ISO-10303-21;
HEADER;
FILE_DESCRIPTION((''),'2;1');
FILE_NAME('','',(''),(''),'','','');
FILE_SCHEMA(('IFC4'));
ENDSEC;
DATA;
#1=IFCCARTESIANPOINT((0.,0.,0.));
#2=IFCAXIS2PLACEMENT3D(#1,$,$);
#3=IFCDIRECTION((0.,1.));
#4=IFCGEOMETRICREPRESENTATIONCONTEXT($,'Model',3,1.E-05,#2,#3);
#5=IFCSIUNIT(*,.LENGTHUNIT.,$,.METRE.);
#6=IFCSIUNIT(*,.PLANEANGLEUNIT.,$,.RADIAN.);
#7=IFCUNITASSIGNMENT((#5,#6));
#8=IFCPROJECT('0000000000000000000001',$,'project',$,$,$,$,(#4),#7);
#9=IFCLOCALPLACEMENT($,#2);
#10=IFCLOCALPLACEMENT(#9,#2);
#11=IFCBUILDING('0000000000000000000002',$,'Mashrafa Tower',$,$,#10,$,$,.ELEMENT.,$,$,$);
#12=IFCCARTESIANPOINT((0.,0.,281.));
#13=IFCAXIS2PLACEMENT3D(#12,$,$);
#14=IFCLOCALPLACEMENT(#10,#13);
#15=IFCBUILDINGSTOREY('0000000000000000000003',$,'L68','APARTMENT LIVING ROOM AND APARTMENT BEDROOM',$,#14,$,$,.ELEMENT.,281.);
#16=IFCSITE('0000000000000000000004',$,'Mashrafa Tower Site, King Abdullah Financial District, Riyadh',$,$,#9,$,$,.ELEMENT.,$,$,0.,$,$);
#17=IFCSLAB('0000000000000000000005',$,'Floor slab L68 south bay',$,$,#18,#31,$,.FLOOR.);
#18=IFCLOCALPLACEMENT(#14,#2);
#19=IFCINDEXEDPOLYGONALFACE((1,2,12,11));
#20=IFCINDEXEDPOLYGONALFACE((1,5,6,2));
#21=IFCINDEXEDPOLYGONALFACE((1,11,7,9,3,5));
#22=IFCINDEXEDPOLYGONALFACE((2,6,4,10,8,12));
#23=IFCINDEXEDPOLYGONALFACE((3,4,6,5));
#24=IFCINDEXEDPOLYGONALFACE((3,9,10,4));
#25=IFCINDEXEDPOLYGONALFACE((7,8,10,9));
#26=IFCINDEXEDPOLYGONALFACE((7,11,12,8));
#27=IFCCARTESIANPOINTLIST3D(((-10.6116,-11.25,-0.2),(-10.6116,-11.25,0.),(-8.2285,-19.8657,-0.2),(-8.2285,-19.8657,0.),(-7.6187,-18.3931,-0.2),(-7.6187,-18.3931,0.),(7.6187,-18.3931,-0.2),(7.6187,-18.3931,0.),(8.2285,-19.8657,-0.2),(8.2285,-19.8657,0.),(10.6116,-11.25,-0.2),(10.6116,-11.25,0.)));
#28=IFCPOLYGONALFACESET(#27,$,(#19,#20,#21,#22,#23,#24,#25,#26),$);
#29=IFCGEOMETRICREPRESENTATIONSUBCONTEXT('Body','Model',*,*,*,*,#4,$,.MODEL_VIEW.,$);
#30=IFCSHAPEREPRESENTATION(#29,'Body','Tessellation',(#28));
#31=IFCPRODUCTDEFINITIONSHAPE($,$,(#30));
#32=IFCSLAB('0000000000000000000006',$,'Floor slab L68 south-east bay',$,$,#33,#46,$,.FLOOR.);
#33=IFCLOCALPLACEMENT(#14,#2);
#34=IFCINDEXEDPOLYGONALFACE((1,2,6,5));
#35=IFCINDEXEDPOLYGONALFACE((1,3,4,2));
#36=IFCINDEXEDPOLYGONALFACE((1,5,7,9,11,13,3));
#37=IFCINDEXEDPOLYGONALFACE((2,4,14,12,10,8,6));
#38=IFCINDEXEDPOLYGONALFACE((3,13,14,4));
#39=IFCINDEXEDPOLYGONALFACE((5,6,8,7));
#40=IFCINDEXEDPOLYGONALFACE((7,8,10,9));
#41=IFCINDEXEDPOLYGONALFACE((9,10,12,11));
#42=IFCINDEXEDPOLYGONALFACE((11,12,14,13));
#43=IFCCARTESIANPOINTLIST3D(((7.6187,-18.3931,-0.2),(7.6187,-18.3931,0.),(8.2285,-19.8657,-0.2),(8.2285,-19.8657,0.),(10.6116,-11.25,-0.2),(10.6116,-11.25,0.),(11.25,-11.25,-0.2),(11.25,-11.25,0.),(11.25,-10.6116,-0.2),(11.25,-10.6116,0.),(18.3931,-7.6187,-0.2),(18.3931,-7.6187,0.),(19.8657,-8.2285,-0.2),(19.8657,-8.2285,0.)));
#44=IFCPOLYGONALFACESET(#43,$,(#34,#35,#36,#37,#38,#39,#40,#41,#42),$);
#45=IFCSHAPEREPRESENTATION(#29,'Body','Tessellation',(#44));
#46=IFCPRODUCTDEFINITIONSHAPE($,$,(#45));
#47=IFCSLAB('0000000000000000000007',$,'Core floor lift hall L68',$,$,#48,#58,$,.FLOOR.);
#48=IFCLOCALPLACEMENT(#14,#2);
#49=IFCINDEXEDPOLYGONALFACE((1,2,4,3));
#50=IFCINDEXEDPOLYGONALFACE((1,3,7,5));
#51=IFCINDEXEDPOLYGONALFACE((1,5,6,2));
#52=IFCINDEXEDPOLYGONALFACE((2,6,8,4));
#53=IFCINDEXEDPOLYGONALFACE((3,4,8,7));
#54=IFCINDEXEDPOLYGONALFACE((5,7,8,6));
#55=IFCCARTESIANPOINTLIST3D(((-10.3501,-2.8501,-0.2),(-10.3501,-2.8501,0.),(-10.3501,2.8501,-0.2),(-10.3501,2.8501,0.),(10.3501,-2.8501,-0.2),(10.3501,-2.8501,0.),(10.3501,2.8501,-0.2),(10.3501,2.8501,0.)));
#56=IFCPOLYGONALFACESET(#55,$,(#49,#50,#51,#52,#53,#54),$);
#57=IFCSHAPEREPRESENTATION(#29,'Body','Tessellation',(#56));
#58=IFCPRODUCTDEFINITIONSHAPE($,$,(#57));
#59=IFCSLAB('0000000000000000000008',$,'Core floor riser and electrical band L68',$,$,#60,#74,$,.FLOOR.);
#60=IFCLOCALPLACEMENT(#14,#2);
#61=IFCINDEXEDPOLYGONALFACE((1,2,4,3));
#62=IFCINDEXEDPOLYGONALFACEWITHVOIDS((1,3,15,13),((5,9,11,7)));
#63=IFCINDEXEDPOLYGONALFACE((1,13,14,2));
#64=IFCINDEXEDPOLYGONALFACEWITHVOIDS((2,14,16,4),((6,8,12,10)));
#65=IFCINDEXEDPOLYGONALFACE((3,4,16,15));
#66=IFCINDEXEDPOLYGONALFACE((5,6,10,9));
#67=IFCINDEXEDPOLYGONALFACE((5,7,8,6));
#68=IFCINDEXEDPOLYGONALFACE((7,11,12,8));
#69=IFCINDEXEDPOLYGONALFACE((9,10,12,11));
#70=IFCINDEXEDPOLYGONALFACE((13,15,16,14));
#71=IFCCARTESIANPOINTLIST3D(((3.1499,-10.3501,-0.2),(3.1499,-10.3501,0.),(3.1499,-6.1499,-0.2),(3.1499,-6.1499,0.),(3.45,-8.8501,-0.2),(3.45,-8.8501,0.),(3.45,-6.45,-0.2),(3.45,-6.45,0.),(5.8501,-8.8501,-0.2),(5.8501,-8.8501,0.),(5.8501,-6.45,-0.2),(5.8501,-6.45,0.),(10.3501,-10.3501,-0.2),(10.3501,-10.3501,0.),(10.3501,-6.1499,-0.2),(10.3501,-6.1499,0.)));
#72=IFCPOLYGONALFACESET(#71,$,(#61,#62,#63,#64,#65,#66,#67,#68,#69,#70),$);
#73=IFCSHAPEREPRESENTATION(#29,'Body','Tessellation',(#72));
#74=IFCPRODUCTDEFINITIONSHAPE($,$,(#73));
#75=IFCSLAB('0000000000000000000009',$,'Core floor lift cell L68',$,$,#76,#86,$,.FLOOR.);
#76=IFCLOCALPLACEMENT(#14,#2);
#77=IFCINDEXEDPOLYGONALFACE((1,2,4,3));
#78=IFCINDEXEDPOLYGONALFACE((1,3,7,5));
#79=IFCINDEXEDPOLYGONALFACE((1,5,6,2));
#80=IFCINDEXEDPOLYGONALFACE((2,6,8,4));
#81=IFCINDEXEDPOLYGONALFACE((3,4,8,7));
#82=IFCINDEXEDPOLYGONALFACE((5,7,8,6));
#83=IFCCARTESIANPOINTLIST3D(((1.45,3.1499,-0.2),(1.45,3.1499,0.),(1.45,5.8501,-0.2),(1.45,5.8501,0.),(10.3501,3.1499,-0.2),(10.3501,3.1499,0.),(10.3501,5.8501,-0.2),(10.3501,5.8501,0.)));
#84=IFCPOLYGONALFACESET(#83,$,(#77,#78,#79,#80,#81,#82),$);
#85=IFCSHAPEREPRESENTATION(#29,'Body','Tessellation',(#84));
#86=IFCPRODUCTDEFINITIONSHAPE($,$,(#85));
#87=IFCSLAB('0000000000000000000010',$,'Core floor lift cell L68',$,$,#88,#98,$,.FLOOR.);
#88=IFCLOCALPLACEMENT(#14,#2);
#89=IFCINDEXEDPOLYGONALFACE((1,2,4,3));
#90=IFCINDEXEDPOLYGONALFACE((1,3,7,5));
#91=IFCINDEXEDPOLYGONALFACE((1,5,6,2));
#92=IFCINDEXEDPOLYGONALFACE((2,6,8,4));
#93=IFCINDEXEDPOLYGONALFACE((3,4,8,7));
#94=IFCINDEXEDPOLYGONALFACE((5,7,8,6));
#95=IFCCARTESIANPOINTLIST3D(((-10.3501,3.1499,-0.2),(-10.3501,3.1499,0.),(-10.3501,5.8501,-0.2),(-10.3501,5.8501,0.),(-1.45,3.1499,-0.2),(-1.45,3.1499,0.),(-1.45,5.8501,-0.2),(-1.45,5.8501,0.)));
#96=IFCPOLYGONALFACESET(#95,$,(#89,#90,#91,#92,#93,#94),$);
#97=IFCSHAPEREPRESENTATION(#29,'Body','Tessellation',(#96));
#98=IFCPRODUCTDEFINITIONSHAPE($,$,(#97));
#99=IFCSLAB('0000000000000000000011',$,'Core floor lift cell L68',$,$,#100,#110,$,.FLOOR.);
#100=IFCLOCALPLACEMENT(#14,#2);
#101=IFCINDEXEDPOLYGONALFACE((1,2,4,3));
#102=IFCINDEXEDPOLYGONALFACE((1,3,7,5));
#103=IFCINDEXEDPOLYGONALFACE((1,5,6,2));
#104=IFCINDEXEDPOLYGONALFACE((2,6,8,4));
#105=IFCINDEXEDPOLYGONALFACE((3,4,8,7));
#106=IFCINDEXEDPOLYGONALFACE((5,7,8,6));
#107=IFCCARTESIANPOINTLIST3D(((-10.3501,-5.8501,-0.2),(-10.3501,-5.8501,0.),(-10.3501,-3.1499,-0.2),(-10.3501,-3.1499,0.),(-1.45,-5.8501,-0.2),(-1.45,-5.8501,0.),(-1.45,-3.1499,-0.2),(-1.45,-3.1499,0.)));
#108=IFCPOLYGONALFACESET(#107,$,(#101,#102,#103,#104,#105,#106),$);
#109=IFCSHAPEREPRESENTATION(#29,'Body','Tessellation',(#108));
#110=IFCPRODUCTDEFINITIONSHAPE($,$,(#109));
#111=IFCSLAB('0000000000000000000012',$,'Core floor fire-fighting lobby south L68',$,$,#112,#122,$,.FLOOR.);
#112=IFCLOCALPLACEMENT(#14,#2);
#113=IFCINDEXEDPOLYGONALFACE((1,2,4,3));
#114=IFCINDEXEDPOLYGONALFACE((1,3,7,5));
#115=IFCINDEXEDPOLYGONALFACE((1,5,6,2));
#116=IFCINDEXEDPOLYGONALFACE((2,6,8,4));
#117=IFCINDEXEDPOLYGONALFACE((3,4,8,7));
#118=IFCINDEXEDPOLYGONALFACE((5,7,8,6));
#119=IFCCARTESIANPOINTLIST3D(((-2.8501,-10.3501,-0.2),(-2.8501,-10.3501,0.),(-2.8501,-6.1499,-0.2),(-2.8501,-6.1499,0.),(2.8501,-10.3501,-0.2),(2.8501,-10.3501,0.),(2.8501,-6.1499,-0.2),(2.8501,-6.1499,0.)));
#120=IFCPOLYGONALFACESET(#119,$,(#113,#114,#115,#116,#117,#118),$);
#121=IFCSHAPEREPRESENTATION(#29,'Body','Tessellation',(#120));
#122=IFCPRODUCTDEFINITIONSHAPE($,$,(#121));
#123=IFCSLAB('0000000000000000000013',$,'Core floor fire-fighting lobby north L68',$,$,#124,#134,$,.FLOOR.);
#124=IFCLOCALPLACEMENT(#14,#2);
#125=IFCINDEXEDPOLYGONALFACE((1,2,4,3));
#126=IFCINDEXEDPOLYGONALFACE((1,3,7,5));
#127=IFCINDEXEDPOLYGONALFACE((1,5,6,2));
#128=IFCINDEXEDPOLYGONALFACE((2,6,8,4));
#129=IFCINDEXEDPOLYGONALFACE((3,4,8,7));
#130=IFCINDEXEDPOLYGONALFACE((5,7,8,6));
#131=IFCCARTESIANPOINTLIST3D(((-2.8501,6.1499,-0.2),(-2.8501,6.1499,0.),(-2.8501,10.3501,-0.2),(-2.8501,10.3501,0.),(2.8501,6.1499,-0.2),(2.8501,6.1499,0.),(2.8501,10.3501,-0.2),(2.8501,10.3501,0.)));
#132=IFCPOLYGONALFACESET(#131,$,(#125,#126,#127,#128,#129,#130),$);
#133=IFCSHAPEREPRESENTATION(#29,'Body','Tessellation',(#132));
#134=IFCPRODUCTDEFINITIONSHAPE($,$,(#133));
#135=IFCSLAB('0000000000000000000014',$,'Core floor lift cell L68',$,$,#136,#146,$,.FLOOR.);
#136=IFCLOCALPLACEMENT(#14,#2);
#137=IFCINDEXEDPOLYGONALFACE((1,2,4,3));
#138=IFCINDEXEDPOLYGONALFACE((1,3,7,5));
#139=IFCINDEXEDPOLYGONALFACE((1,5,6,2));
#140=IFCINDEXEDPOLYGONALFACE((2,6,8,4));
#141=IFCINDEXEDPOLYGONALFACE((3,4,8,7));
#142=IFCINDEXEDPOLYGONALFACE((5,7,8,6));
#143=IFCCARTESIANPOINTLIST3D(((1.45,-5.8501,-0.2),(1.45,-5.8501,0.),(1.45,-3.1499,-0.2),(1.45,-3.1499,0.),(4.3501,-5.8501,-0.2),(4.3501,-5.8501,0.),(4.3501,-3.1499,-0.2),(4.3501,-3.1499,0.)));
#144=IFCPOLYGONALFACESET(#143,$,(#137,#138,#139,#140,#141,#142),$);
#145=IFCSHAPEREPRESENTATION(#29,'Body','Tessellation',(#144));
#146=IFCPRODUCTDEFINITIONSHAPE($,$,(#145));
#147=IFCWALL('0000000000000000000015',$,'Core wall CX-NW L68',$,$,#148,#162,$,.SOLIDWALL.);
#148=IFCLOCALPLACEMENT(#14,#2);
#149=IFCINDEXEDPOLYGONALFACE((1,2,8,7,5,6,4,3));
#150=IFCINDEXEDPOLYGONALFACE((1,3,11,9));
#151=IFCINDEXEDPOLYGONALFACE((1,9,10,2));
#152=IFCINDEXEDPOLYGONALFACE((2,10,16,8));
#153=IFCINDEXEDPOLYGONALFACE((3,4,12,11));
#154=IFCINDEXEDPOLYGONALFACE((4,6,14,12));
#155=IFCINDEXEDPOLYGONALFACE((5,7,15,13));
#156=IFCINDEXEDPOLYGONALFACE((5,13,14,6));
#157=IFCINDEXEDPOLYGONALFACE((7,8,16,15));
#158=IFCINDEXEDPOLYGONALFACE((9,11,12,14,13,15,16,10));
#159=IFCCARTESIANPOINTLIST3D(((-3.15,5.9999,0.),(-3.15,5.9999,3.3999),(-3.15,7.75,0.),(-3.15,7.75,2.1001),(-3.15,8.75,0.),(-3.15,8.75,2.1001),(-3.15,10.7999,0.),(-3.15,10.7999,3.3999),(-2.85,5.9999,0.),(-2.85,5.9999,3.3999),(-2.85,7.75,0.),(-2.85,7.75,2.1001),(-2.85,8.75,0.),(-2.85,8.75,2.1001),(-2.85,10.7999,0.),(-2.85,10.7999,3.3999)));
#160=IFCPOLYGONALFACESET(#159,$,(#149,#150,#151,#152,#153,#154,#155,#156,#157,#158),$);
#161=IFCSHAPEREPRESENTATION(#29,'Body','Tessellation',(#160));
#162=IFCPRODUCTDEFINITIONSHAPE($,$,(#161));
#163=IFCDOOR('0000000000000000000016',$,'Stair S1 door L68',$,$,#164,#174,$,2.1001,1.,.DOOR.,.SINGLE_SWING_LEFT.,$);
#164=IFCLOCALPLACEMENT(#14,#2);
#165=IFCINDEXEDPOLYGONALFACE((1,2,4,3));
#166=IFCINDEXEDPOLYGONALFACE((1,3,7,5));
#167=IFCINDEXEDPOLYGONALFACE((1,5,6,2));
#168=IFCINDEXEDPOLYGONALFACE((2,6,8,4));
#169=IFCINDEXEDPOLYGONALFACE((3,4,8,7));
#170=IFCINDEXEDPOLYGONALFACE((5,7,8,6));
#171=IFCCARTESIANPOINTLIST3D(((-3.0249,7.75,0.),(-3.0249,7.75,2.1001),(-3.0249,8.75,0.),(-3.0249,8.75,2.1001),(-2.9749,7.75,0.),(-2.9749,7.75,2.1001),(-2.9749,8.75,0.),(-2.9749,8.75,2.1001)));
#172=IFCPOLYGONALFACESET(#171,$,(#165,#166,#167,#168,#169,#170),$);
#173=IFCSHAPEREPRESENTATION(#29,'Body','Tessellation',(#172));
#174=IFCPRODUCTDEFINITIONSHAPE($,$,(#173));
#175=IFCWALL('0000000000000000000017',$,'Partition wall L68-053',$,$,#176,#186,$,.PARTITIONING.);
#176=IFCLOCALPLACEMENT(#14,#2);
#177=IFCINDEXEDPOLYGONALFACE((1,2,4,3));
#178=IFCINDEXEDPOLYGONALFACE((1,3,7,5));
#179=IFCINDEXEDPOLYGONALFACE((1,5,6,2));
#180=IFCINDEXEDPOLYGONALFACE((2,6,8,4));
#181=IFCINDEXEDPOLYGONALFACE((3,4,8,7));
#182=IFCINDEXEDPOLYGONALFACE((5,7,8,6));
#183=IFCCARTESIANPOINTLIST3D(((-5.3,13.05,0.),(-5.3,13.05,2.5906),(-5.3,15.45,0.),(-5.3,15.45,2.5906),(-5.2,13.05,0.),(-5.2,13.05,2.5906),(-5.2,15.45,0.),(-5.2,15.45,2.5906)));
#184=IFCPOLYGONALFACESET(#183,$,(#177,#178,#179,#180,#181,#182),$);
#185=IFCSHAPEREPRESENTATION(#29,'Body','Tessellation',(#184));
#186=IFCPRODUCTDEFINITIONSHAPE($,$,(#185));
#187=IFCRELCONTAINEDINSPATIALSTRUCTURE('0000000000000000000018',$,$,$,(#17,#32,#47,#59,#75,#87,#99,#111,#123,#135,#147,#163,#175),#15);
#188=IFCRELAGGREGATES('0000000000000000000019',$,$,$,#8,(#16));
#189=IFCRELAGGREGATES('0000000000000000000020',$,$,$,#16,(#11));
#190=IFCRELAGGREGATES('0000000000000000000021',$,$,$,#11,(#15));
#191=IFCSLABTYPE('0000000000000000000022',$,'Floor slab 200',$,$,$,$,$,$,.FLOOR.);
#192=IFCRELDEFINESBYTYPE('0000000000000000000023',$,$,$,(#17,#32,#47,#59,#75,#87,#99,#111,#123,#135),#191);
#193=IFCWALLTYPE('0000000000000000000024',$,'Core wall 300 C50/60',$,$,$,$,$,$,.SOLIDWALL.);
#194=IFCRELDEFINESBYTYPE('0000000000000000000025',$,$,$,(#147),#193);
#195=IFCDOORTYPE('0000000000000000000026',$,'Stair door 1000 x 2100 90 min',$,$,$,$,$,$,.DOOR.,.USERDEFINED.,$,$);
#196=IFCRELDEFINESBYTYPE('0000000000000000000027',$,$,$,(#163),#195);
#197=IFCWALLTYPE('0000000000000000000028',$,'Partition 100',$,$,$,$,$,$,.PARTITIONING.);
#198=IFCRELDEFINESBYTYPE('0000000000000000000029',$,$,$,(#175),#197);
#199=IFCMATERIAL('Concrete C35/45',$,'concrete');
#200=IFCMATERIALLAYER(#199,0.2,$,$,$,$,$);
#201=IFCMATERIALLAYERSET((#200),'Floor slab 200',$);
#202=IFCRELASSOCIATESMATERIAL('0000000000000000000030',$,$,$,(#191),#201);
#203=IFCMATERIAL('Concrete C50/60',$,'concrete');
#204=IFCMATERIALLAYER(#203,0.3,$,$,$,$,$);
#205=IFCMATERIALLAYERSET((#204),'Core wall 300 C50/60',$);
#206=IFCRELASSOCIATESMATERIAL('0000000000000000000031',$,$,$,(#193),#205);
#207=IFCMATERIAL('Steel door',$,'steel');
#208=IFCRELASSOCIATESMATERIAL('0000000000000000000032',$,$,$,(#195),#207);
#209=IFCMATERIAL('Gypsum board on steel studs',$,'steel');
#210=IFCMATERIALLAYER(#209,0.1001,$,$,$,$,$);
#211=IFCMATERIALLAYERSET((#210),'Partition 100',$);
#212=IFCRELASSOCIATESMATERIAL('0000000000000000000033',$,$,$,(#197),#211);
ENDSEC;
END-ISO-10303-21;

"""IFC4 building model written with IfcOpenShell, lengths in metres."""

from ifc_helpers import new_model, si_unit, direction, frame, frame_2d, origin, place, context, subcontext, project, spatial, polyline, rectangle, outline, extrude, material, layer, layer_set, type_object, element, fill, save


model = new_model("IFC4")

# Units and contexts
model_context = context("Model", 3, precision=1e-05, world=origin(), true_north=direction((0.0, 1.0)))
body_context = subcontext(model_context, "Body", "Model", "MODEL_VIEW")
ifc_project = project(units=[si_unit("LENGTHUNIT", "METRE"), si_unit("PLANEANGLEUNIT", "RADIAN")], contexts=[model_context])

# Site, building, storey
site_placement = place(None, origin())
site = spatial("IfcSite", under=ifc_project, at=site_placement, Name="Mashrafa Tower Site, King Abdullah Financial District, Riyadh", CompositionType="ELEMENT", RefElevation=0.0)
building_placement = place(site_placement, origin())
building = spatial("IfcBuilding", under=site, at=building_placement, Name="Mashrafa Tower", CompositionType="ELEMENT")
storey_placement = place(building_placement, frame((0.0, 0.0, 281.0)))
storey = spatial("IfcBuildingStorey", under=building, at=storey_placement, Name="L68", Description="APARTMENT LIVING ROOM AND APARTMENT BEDROOM", CompositionType="ELEMENT", Elevation=281.0)

# Slabs
ifc_material_1 = material(Name="Concrete C35/45", Category="concrete")
ifc_layer_1 = layer(ifc_material_1, 0.2)
ifc_layer_set_1 = layer_set([ifc_layer_1], Name="Floor slab 200")
slab_type = type_object("IfcSlabType", Name="Floor slab 200", PredefinedType="FLOOR", material=ifc_layer_set_1)
slab_1_placement = place(storey_placement, frame((0.0, 0.0, -0.2)))
element("IfcSlab", 1, at=slab_1_placement, inside=storey, type_object=slab_type, Name="Floor slab L68 south bay", PredefinedType="FLOOR", context=body_context, shape_type="SweptSolid", body=[
    extrude(outline(polyline([(-8.2285, -19.8657), (-8.2285, -19.8657), (-7.6187, -18.3931), (-10.6116, -11.25), (10.6116, -11.25), (7.6187, -18.3931), (8.2285, -19.8657), (8.2285, -19.8657), (-8.2285, -19.8657)])), origin(), (0.0, 0.0, 1.0), 0.2),
])
slab_2_placement = place(storey_placement, frame((0.0, 0.0, -0.2)))
element("IfcSlab", 2, at=slab_2_placement, inside=storey, type_object=slab_type, Name="Floor slab L68 south-east bay", PredefinedType="FLOOR", context=body_context, shape_type="SweptSolid", body=[
    extrude(outline(polyline([(8.2285, -19.8657), (7.6187, -18.3931), (10.6116, -11.25), (11.25, -11.25), (11.25, -10.6116), (18.3931, -7.6187), (19.8657, -8.2285), (8.2285, -19.8657)])), origin(), (0.0, 0.0, 1.0), 0.2),
])
slab_3_placement = place(storey_placement, frame((0.0, 0.0, -0.2)))
element("IfcSlab", 3, at=slab_3_placement, inside=storey, type_object=slab_type, Name="Core floor lift hall L68", PredefinedType="FLOOR", context=body_context, shape_type="SweptSolid", body=[
    extrude(outline(polyline([(-10.3501, 2.8501), (10.3501, 2.8501), (10.3501, -2.8501), (-10.3501, -2.8501), (-10.3501, 2.8501)])), origin(), (0.0, 0.0, 1.0), 0.2),
])
slab_4_placement = place(storey_placement, frame((0.0, 0.0, -0.2)))
element("IfcSlab", 4, at=slab_4_placement, inside=storey, type_object=slab_type, Name="Core floor riser and electrical band L68", PredefinedType="FLOOR", context=body_context, shape_type="SweptSolid", body=[
    extrude(outline(polyline([(10.3501, -6.1499), (10.3501, -10.3501), (3.1499, -10.3501), (3.1499, -6.1499), (10.3501, -6.1499)]), holes=[polyline([(3.45, -8.8501), (5.8501, -8.8501), (5.8501, -6.45), (3.45, -6.45), (3.45, -8.8501)])]), origin(), (0.0, 0.0, 1.0), 0.2),
])
slab_5_placement = place(storey_placement, frame((0.0, 0.0, -0.2)))
element("IfcSlab", 5, at=slab_5_placement, inside=storey, type_object=slab_type, Name="Core floor lift cell L68", PredefinedType="FLOOR", context=body_context, shape_type="SweptSolid", body=[
    extrude(outline(polyline([(10.3501, 5.8501), (10.3501, 3.1499), (1.45, 3.1499), (1.45, 5.8501), (10.3501, 5.8501)])), origin(), (0.0, 0.0, 1.0), 0.2),
])
slab_6_placement = place(storey_placement, frame((0.0, 0.0, -0.2)))
element("IfcSlab", 6, at=slab_6_placement, inside=storey, type_object=slab_type, Name="Core floor lift cell L68", PredefinedType="FLOOR", context=body_context, shape_type="SweptSolid", body=[
    extrude(outline(polyline([(-1.45, 3.1499), (-10.3501, 3.1499), (-10.3501, 5.8501), (-1.45, 5.8501), (-1.45, 3.1499)])), origin(), (0.0, 0.0, 1.0), 0.2),
])
slab_7_placement = place(storey_placement, frame((0.0, 0.0, -0.2)))
element("IfcSlab", 7, at=slab_7_placement, inside=storey, type_object=slab_type, Name="Core floor lift cell L68", PredefinedType="FLOOR", context=body_context, shape_type="SweptSolid", body=[
    extrude(outline(polyline([(-1.45, -3.1499), (-1.45, -5.8501), (-10.3501, -5.8501), (-10.3501, -3.1499), (-1.45, -3.1499)])), origin(), (0.0, 0.0, 1.0), 0.2),
])
slab_8_placement = place(storey_placement, frame((0.0, 0.0, -0.2)))
element("IfcSlab", 8, at=slab_8_placement, inside=storey, type_object=slab_type, Name="Core floor fire-fighting lobby south L68", PredefinedType="FLOOR", context=body_context, shape_type="SweptSolid", body=[
    extrude(outline(polyline([(2.8501, -6.1499), (2.8501, -10.3501), (-2.8501, -10.3501), (-2.8501, -6.1499), (2.8501, -6.1499)])), origin(), (0.0, 0.0, 1.0), 0.2),
])
slab_9_placement = place(storey_placement, frame((0.0, 0.0, -0.2)))
element("IfcSlab", 9, at=slab_9_placement, inside=storey, type_object=slab_type, Name="Core floor fire-fighting lobby north L68", PredefinedType="FLOOR", context=body_context, shape_type="SweptSolid", body=[
    extrude(outline(polyline([(-2.8501, 10.3501), (2.8501, 10.3501), (2.8501, 6.1499), (-2.8501, 6.1499), (-2.8501, 10.3501)])), origin(), (0.0, 0.0, 1.0), 0.2),
])
slab_10_placement = place(storey_placement, frame((0.0, 0.0, -0.2)))
element("IfcSlab", 10, at=slab_10_placement, inside=storey, type_object=slab_type, Name="Core floor lift cell L68", PredefinedType="FLOOR", context=body_context, shape_type="SweptSolid", body=[
    extrude(outline(polyline([(4.3501, -3.1499), (4.3501, -5.8501), (1.45, -5.8501), (1.45, -3.1499), (4.3501, -3.1499)])), origin(), (0.0, 0.0, 1.0), 0.2),
])

# Wall, opening, door
ifc_material_2 = material(Name="Concrete C50/60", Category="concrete")
ifc_layer_2 = layer(ifc_material_2, 0.3)
ifc_layer_set_2 = layer_set([ifc_layer_2], Name="Core wall 300 C50/60")
wall_type_1 = type_object("IfcWallType", Name="Core wall 300 C50/60", PredefinedType="SOLIDWALL", material=ifc_layer_set_2)
wall_1_placement = place(storey_placement, frame((-3.0, 6.0, 0.0), z_axis=(0.0, 0.0, 1.0), x_axis=(0.0, 1.0, 0.0)))
wall_1 = element("IfcWall", 11, at=wall_1_placement, inside=storey, type_object=wall_type_1, Name="Core wall CX-NW L68", PredefinedType="SOLIDWALL", context=body_context, shape_type="SweptSolid", body=[
    extrude(rectangle(XDim=4.8, YDim=0.3, at=frame_2d((2.3999, 0.0))), origin(), (0.0, 0.0, 1.0), 3.3999),
])
opening_placement = place(wall_1_placement, frame((1.75, 0.0, 0.0)))
opening = element("IfcOpeningElement", 12, at=opening_placement, cuts=wall_1, PredefinedType="OPENING", context=body_context, shape_type="SweptSolid", body=[
    extrude(rectangle(XDim=1.0, YDim=2.1001, at=frame_2d((0.5, 1.05))), frame((0.0, 0.1599, 0.0), z_axis=(0.0, -1.0, 0.0), x_axis=(1.0, 0.0, 0.0)), (0.0, 0.0, 1.0), 0.3201),
])
ifc_material_3 = material(Name="Steel door", Category="steel")
door_type = type_object("IfcDoorType", Name="Stair door 1000 x 2100 90 min", OperationType="USERDEFINED", PredefinedType="DOOR", material=ifc_material_3)
door_placement = place(opening_placement, origin())
door = element("IfcDoor", 13, at=door_placement, inside=storey, type_object=door_type, Name="Stair S1 door L68", OperationType="SINGLE_SWING_LEFT", OverallHeight=2.1001, OverallWidth=1.0, PredefinedType="DOOR", context=body_context, shape_type="SweptSolid", body=[
    extrude(rectangle(XDim=1.0, YDim=2.1001, at=frame_2d((0.5, 1.05))), frame((0.0, 0.0249, 0.0), z_axis=(0.0, -1.0, 0.0), x_axis=(1.0, 0.0, 0.0)), (0.0, 0.0, 1.0), 0.05),
])
fill(opening, door)

# Wall
ifc_material_4 = material(Name="Gypsum board on steel studs", Category="steel")
ifc_layer_3 = layer(ifc_material_4, 0.1001)
ifc_layer_set_3 = layer_set([ifc_layer_3], Name="Partition 100")
wall_type_2 = type_object("IfcWallType", Name="Partition 100", PredefinedType="PARTITIONING", material=ifc_layer_set_3)
wall_2_placement = place(storey_placement, frame((-5.25, 13.05, 0.0), z_axis=(0.0, 0.0, 1.0), x_axis=(0.0, 1.0, 0.0)))
element("IfcWall", 14, at=wall_2_placement, inside=storey, type_object=wall_type_2, Name="Partition wall L68-053", PredefinedType="PARTITIONING", context=body_context, shape_type="SweptSolid", body=[
    extrude(rectangle(XDim=2.3999, YDim=0.1001, at=frame_2d((1.2, 0.0))), origin(), (0.0, 0.0, 1.0), 2.5906),
])

save(model, "model.ifc")
